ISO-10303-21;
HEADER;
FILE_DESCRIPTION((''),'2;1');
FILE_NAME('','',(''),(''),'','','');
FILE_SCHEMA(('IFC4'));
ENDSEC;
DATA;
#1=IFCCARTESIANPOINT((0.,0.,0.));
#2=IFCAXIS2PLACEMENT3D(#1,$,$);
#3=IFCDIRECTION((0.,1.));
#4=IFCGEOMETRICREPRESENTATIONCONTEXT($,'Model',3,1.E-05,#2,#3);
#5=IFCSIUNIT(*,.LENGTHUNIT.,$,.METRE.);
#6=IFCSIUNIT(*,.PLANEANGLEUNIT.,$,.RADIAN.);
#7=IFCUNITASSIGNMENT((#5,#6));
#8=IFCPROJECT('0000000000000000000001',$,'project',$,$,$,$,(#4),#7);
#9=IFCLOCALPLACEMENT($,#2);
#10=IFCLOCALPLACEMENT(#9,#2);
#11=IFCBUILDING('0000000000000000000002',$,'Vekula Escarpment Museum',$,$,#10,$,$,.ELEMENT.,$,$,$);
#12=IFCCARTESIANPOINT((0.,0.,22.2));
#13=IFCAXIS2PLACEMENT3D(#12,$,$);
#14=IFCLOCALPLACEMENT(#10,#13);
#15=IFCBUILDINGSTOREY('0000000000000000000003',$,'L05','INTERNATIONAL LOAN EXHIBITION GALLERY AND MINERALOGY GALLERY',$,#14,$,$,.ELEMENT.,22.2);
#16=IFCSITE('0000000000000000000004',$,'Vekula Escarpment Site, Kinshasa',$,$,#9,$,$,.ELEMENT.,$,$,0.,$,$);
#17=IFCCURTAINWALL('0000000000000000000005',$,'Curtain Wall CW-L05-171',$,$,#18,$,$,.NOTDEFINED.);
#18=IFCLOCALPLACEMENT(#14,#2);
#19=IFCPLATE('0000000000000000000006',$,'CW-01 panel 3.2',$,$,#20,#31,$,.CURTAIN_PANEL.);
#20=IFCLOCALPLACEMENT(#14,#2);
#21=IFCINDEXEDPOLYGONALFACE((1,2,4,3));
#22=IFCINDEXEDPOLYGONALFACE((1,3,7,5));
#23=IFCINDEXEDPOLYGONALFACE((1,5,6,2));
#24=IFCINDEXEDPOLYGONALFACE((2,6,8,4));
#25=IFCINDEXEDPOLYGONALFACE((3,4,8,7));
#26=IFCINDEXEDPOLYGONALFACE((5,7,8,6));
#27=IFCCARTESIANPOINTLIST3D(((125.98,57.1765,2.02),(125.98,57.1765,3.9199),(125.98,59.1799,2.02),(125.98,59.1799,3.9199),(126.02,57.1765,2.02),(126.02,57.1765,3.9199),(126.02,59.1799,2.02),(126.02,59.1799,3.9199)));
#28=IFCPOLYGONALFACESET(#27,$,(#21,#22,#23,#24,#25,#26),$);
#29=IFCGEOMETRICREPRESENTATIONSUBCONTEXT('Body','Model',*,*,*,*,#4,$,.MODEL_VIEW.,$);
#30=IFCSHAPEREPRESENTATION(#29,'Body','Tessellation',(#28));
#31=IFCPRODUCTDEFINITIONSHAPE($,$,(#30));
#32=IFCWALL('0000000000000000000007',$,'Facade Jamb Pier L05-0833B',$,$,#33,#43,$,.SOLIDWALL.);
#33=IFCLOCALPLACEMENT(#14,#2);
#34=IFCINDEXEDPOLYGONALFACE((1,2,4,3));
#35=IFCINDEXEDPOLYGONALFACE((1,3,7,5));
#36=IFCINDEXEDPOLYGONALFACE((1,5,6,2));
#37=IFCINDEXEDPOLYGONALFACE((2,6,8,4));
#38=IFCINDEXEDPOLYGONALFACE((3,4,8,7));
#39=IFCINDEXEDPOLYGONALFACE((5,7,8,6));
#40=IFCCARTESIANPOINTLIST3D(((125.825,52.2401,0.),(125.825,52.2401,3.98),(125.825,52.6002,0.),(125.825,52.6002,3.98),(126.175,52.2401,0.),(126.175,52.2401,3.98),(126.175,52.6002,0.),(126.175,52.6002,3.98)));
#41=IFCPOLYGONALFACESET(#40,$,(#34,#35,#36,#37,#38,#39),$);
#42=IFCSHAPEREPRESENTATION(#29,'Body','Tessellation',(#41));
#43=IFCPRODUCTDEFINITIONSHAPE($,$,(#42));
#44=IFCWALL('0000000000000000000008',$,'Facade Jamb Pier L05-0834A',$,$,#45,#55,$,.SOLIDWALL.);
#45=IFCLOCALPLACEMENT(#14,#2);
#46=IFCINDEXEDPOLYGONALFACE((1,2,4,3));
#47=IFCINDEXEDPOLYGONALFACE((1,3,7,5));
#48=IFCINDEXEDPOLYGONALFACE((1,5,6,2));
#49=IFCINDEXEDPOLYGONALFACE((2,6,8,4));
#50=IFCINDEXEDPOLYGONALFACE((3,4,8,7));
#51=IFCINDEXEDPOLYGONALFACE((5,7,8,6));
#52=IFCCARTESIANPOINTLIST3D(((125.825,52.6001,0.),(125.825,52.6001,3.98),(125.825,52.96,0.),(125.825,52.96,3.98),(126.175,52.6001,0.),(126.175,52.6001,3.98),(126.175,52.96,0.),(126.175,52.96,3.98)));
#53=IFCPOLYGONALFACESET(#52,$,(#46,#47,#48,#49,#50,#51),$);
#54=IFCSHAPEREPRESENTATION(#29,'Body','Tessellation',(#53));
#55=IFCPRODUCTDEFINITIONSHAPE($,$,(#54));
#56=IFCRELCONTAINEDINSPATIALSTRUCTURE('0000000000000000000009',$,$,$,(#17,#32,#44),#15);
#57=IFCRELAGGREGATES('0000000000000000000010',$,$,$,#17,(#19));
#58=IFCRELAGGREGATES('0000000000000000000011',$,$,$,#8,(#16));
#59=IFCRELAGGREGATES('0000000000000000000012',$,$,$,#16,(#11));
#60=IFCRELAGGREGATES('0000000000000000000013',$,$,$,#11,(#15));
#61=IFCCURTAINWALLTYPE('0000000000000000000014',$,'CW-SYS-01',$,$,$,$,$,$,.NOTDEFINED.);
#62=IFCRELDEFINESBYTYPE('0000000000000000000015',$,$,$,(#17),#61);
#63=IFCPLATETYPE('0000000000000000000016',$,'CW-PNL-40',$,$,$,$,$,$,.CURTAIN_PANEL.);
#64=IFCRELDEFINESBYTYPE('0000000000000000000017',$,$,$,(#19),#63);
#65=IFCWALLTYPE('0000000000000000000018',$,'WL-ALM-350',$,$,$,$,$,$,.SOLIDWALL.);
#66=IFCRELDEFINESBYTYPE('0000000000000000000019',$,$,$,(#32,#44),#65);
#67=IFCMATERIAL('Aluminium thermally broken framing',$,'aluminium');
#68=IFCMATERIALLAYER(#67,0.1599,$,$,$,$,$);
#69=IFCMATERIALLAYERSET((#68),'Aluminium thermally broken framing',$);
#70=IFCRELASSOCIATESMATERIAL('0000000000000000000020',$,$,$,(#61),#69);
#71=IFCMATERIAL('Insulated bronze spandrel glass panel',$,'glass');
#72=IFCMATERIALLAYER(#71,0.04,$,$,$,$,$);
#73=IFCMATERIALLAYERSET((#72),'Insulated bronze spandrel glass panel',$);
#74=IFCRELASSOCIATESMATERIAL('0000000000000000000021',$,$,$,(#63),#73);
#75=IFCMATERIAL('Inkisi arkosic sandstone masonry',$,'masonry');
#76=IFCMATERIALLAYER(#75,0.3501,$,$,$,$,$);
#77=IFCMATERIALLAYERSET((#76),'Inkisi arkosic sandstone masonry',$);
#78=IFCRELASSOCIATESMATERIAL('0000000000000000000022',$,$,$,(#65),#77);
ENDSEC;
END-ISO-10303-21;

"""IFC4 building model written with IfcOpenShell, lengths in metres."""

from ifc_helpers import new_model, si_unit, direction, frame, frame_2d, origin, origin_2d, place, context, subcontext, project, spatial, rectangle, extrude, material, layer, layer_set, type_object, element, aggregate, save


model = new_model("IFC4")

# Units and contexts
model_context = context("Model", 3, precision=1e-05, world=origin(), true_north=direction((0.0, 1.0)))
body_context = subcontext(model_context, "Body", "Model", "MODEL_VIEW")
ifc_project = project(units=[si_unit("LENGTHUNIT", "METRE"), si_unit("PLANEANGLEUNIT", "RADIAN")], contexts=[model_context])

# Site, building, storey
site_placement = place(None, origin())
site = spatial("IfcSite", under=ifc_project, at=site_placement, Name="Vekula Escarpment Site, Kinshasa", CompositionType="ELEMENT", RefElevation=0.0)
building_placement = place(site_placement, origin())
building = spatial("IfcBuilding", under=site, at=building_placement, Name="Vekula Escarpment Museum", CompositionType="ELEMENT")
storey_placement = place(building_placement, frame((0.0, 0.0, 22.2)))
storey = spatial("IfcBuildingStorey", under=building, at=storey_placement, Name="L05", Description="INTERNATIONAL LOAN EXHIBITION GALLERY AND MINERALOGY GALLERY", CompositionType="ELEMENT", Elevation=22.2)

# Curtain wall
ifc_material_1 = material(Name="Aluminium thermally broken framing", Category="aluminium")
ifc_layer_1 = layer(ifc_material_1, 0.1599)
ifc_layer_set_1 = layer_set([ifc_layer_1], Name="Aluminium thermally broken framing")
curtain_wall_type = type_object("IfcCurtainWallType", Name="CW-SYS-01", PredefinedType="NOTDEFINED", material=ifc_layer_set_1)
curtain_wall_placement = place(storey_placement, origin())
curtain_wall = element("IfcCurtainWall", 1, at=curtain_wall_placement, inside=storey, type_object=curtain_wall_type, Name="Curtain Wall CW-L05-171", PredefinedType="NOTDEFINED")

# Plate
ifc_material_2 = material(Name="Insulated bronze spandrel glass panel", Category="glass")
ifc_layer_2 = layer(ifc_material_2, 0.04)
ifc_layer_set_2 = layer_set([ifc_layer_2], Name="Insulated bronze spandrel glass panel")
plate_type = type_object("IfcPlateType", Name="CW-PNL-40", PredefinedType="CURTAIN_PANEL", material=ifc_layer_set_2)
plate_1_placement = place(storey_placement, frame((126.0, 58.1782, 2.02), z_axis=(0.0, 0.0, 1.0), x_axis=(0.0, 1.0, 0.0)))
plate_1 = element("IfcPlate", 2, at=plate_1_placement, type_object=plate_type, Name="CW-01 panel 3.2", PredefinedType="CURTAIN_PANEL", context=body_context, shape_type="SweptSolid", body=[
    extrude(rectangle(XDim=2.0034, YDim=0.04, at=origin_2d()), origin(), (0.0, 0.0, 1.0), 1.8999),
])
aggregate(curtain_wall, [plate_1])

# Walls
ifc_material_3 = material(Name="Inkisi arkosic sandstone masonry", Category="masonry")
ifc_layer_3 = layer(ifc_material_3, 0.3501)
ifc_layer_set_3 = layer_set([ifc_layer_3], Name="Inkisi arkosic sandstone masonry")
wall_type = type_object("IfcWallType", Name="WL-ALM-350", PredefinedType="SOLIDWALL", material=ifc_layer_set_3)
wall_1_placement = place(storey_placement, frame((126.0, 52.24, 0.0), z_axis=(0.0, 0.0, 1.0), x_axis=(0.0, 1.0, 0.0)))
element("IfcWall", 3, at=wall_1_placement, inside=storey, type_object=wall_type, Name="Facade Jamb Pier L05-0833B", PredefinedType="SOLIDWALL", context=body_context, shape_type="SweptSolid", body=[
    extrude(rectangle(XDim=0.3601, YDim=0.3501, at=frame_2d((0.1802, 0.0))), origin(), (0.0, 0.0, 1.0), 3.98),
])
wall_2_placement = place(storey_placement, frame((126.0, 52.6001, 0.0), z_axis=(0.0, 0.0, 1.0), x_axis=(0.0, 1.0, 0.0)))
element("IfcWall", 4, at=wall_2_placement, inside=storey, type_object=wall_type, Name="Facade Jamb Pier L05-0834A", PredefinedType="SOLIDWALL", context=body_context, shape_type="SweptSolid", body=[
    extrude(rectangle(XDim=0.3599, YDim=0.3501, at=frame_2d((0.1799, 0.0))), origin(), (0.0, 0.0, 1.0), 3.98),
])

save(model, "model.ifc")
